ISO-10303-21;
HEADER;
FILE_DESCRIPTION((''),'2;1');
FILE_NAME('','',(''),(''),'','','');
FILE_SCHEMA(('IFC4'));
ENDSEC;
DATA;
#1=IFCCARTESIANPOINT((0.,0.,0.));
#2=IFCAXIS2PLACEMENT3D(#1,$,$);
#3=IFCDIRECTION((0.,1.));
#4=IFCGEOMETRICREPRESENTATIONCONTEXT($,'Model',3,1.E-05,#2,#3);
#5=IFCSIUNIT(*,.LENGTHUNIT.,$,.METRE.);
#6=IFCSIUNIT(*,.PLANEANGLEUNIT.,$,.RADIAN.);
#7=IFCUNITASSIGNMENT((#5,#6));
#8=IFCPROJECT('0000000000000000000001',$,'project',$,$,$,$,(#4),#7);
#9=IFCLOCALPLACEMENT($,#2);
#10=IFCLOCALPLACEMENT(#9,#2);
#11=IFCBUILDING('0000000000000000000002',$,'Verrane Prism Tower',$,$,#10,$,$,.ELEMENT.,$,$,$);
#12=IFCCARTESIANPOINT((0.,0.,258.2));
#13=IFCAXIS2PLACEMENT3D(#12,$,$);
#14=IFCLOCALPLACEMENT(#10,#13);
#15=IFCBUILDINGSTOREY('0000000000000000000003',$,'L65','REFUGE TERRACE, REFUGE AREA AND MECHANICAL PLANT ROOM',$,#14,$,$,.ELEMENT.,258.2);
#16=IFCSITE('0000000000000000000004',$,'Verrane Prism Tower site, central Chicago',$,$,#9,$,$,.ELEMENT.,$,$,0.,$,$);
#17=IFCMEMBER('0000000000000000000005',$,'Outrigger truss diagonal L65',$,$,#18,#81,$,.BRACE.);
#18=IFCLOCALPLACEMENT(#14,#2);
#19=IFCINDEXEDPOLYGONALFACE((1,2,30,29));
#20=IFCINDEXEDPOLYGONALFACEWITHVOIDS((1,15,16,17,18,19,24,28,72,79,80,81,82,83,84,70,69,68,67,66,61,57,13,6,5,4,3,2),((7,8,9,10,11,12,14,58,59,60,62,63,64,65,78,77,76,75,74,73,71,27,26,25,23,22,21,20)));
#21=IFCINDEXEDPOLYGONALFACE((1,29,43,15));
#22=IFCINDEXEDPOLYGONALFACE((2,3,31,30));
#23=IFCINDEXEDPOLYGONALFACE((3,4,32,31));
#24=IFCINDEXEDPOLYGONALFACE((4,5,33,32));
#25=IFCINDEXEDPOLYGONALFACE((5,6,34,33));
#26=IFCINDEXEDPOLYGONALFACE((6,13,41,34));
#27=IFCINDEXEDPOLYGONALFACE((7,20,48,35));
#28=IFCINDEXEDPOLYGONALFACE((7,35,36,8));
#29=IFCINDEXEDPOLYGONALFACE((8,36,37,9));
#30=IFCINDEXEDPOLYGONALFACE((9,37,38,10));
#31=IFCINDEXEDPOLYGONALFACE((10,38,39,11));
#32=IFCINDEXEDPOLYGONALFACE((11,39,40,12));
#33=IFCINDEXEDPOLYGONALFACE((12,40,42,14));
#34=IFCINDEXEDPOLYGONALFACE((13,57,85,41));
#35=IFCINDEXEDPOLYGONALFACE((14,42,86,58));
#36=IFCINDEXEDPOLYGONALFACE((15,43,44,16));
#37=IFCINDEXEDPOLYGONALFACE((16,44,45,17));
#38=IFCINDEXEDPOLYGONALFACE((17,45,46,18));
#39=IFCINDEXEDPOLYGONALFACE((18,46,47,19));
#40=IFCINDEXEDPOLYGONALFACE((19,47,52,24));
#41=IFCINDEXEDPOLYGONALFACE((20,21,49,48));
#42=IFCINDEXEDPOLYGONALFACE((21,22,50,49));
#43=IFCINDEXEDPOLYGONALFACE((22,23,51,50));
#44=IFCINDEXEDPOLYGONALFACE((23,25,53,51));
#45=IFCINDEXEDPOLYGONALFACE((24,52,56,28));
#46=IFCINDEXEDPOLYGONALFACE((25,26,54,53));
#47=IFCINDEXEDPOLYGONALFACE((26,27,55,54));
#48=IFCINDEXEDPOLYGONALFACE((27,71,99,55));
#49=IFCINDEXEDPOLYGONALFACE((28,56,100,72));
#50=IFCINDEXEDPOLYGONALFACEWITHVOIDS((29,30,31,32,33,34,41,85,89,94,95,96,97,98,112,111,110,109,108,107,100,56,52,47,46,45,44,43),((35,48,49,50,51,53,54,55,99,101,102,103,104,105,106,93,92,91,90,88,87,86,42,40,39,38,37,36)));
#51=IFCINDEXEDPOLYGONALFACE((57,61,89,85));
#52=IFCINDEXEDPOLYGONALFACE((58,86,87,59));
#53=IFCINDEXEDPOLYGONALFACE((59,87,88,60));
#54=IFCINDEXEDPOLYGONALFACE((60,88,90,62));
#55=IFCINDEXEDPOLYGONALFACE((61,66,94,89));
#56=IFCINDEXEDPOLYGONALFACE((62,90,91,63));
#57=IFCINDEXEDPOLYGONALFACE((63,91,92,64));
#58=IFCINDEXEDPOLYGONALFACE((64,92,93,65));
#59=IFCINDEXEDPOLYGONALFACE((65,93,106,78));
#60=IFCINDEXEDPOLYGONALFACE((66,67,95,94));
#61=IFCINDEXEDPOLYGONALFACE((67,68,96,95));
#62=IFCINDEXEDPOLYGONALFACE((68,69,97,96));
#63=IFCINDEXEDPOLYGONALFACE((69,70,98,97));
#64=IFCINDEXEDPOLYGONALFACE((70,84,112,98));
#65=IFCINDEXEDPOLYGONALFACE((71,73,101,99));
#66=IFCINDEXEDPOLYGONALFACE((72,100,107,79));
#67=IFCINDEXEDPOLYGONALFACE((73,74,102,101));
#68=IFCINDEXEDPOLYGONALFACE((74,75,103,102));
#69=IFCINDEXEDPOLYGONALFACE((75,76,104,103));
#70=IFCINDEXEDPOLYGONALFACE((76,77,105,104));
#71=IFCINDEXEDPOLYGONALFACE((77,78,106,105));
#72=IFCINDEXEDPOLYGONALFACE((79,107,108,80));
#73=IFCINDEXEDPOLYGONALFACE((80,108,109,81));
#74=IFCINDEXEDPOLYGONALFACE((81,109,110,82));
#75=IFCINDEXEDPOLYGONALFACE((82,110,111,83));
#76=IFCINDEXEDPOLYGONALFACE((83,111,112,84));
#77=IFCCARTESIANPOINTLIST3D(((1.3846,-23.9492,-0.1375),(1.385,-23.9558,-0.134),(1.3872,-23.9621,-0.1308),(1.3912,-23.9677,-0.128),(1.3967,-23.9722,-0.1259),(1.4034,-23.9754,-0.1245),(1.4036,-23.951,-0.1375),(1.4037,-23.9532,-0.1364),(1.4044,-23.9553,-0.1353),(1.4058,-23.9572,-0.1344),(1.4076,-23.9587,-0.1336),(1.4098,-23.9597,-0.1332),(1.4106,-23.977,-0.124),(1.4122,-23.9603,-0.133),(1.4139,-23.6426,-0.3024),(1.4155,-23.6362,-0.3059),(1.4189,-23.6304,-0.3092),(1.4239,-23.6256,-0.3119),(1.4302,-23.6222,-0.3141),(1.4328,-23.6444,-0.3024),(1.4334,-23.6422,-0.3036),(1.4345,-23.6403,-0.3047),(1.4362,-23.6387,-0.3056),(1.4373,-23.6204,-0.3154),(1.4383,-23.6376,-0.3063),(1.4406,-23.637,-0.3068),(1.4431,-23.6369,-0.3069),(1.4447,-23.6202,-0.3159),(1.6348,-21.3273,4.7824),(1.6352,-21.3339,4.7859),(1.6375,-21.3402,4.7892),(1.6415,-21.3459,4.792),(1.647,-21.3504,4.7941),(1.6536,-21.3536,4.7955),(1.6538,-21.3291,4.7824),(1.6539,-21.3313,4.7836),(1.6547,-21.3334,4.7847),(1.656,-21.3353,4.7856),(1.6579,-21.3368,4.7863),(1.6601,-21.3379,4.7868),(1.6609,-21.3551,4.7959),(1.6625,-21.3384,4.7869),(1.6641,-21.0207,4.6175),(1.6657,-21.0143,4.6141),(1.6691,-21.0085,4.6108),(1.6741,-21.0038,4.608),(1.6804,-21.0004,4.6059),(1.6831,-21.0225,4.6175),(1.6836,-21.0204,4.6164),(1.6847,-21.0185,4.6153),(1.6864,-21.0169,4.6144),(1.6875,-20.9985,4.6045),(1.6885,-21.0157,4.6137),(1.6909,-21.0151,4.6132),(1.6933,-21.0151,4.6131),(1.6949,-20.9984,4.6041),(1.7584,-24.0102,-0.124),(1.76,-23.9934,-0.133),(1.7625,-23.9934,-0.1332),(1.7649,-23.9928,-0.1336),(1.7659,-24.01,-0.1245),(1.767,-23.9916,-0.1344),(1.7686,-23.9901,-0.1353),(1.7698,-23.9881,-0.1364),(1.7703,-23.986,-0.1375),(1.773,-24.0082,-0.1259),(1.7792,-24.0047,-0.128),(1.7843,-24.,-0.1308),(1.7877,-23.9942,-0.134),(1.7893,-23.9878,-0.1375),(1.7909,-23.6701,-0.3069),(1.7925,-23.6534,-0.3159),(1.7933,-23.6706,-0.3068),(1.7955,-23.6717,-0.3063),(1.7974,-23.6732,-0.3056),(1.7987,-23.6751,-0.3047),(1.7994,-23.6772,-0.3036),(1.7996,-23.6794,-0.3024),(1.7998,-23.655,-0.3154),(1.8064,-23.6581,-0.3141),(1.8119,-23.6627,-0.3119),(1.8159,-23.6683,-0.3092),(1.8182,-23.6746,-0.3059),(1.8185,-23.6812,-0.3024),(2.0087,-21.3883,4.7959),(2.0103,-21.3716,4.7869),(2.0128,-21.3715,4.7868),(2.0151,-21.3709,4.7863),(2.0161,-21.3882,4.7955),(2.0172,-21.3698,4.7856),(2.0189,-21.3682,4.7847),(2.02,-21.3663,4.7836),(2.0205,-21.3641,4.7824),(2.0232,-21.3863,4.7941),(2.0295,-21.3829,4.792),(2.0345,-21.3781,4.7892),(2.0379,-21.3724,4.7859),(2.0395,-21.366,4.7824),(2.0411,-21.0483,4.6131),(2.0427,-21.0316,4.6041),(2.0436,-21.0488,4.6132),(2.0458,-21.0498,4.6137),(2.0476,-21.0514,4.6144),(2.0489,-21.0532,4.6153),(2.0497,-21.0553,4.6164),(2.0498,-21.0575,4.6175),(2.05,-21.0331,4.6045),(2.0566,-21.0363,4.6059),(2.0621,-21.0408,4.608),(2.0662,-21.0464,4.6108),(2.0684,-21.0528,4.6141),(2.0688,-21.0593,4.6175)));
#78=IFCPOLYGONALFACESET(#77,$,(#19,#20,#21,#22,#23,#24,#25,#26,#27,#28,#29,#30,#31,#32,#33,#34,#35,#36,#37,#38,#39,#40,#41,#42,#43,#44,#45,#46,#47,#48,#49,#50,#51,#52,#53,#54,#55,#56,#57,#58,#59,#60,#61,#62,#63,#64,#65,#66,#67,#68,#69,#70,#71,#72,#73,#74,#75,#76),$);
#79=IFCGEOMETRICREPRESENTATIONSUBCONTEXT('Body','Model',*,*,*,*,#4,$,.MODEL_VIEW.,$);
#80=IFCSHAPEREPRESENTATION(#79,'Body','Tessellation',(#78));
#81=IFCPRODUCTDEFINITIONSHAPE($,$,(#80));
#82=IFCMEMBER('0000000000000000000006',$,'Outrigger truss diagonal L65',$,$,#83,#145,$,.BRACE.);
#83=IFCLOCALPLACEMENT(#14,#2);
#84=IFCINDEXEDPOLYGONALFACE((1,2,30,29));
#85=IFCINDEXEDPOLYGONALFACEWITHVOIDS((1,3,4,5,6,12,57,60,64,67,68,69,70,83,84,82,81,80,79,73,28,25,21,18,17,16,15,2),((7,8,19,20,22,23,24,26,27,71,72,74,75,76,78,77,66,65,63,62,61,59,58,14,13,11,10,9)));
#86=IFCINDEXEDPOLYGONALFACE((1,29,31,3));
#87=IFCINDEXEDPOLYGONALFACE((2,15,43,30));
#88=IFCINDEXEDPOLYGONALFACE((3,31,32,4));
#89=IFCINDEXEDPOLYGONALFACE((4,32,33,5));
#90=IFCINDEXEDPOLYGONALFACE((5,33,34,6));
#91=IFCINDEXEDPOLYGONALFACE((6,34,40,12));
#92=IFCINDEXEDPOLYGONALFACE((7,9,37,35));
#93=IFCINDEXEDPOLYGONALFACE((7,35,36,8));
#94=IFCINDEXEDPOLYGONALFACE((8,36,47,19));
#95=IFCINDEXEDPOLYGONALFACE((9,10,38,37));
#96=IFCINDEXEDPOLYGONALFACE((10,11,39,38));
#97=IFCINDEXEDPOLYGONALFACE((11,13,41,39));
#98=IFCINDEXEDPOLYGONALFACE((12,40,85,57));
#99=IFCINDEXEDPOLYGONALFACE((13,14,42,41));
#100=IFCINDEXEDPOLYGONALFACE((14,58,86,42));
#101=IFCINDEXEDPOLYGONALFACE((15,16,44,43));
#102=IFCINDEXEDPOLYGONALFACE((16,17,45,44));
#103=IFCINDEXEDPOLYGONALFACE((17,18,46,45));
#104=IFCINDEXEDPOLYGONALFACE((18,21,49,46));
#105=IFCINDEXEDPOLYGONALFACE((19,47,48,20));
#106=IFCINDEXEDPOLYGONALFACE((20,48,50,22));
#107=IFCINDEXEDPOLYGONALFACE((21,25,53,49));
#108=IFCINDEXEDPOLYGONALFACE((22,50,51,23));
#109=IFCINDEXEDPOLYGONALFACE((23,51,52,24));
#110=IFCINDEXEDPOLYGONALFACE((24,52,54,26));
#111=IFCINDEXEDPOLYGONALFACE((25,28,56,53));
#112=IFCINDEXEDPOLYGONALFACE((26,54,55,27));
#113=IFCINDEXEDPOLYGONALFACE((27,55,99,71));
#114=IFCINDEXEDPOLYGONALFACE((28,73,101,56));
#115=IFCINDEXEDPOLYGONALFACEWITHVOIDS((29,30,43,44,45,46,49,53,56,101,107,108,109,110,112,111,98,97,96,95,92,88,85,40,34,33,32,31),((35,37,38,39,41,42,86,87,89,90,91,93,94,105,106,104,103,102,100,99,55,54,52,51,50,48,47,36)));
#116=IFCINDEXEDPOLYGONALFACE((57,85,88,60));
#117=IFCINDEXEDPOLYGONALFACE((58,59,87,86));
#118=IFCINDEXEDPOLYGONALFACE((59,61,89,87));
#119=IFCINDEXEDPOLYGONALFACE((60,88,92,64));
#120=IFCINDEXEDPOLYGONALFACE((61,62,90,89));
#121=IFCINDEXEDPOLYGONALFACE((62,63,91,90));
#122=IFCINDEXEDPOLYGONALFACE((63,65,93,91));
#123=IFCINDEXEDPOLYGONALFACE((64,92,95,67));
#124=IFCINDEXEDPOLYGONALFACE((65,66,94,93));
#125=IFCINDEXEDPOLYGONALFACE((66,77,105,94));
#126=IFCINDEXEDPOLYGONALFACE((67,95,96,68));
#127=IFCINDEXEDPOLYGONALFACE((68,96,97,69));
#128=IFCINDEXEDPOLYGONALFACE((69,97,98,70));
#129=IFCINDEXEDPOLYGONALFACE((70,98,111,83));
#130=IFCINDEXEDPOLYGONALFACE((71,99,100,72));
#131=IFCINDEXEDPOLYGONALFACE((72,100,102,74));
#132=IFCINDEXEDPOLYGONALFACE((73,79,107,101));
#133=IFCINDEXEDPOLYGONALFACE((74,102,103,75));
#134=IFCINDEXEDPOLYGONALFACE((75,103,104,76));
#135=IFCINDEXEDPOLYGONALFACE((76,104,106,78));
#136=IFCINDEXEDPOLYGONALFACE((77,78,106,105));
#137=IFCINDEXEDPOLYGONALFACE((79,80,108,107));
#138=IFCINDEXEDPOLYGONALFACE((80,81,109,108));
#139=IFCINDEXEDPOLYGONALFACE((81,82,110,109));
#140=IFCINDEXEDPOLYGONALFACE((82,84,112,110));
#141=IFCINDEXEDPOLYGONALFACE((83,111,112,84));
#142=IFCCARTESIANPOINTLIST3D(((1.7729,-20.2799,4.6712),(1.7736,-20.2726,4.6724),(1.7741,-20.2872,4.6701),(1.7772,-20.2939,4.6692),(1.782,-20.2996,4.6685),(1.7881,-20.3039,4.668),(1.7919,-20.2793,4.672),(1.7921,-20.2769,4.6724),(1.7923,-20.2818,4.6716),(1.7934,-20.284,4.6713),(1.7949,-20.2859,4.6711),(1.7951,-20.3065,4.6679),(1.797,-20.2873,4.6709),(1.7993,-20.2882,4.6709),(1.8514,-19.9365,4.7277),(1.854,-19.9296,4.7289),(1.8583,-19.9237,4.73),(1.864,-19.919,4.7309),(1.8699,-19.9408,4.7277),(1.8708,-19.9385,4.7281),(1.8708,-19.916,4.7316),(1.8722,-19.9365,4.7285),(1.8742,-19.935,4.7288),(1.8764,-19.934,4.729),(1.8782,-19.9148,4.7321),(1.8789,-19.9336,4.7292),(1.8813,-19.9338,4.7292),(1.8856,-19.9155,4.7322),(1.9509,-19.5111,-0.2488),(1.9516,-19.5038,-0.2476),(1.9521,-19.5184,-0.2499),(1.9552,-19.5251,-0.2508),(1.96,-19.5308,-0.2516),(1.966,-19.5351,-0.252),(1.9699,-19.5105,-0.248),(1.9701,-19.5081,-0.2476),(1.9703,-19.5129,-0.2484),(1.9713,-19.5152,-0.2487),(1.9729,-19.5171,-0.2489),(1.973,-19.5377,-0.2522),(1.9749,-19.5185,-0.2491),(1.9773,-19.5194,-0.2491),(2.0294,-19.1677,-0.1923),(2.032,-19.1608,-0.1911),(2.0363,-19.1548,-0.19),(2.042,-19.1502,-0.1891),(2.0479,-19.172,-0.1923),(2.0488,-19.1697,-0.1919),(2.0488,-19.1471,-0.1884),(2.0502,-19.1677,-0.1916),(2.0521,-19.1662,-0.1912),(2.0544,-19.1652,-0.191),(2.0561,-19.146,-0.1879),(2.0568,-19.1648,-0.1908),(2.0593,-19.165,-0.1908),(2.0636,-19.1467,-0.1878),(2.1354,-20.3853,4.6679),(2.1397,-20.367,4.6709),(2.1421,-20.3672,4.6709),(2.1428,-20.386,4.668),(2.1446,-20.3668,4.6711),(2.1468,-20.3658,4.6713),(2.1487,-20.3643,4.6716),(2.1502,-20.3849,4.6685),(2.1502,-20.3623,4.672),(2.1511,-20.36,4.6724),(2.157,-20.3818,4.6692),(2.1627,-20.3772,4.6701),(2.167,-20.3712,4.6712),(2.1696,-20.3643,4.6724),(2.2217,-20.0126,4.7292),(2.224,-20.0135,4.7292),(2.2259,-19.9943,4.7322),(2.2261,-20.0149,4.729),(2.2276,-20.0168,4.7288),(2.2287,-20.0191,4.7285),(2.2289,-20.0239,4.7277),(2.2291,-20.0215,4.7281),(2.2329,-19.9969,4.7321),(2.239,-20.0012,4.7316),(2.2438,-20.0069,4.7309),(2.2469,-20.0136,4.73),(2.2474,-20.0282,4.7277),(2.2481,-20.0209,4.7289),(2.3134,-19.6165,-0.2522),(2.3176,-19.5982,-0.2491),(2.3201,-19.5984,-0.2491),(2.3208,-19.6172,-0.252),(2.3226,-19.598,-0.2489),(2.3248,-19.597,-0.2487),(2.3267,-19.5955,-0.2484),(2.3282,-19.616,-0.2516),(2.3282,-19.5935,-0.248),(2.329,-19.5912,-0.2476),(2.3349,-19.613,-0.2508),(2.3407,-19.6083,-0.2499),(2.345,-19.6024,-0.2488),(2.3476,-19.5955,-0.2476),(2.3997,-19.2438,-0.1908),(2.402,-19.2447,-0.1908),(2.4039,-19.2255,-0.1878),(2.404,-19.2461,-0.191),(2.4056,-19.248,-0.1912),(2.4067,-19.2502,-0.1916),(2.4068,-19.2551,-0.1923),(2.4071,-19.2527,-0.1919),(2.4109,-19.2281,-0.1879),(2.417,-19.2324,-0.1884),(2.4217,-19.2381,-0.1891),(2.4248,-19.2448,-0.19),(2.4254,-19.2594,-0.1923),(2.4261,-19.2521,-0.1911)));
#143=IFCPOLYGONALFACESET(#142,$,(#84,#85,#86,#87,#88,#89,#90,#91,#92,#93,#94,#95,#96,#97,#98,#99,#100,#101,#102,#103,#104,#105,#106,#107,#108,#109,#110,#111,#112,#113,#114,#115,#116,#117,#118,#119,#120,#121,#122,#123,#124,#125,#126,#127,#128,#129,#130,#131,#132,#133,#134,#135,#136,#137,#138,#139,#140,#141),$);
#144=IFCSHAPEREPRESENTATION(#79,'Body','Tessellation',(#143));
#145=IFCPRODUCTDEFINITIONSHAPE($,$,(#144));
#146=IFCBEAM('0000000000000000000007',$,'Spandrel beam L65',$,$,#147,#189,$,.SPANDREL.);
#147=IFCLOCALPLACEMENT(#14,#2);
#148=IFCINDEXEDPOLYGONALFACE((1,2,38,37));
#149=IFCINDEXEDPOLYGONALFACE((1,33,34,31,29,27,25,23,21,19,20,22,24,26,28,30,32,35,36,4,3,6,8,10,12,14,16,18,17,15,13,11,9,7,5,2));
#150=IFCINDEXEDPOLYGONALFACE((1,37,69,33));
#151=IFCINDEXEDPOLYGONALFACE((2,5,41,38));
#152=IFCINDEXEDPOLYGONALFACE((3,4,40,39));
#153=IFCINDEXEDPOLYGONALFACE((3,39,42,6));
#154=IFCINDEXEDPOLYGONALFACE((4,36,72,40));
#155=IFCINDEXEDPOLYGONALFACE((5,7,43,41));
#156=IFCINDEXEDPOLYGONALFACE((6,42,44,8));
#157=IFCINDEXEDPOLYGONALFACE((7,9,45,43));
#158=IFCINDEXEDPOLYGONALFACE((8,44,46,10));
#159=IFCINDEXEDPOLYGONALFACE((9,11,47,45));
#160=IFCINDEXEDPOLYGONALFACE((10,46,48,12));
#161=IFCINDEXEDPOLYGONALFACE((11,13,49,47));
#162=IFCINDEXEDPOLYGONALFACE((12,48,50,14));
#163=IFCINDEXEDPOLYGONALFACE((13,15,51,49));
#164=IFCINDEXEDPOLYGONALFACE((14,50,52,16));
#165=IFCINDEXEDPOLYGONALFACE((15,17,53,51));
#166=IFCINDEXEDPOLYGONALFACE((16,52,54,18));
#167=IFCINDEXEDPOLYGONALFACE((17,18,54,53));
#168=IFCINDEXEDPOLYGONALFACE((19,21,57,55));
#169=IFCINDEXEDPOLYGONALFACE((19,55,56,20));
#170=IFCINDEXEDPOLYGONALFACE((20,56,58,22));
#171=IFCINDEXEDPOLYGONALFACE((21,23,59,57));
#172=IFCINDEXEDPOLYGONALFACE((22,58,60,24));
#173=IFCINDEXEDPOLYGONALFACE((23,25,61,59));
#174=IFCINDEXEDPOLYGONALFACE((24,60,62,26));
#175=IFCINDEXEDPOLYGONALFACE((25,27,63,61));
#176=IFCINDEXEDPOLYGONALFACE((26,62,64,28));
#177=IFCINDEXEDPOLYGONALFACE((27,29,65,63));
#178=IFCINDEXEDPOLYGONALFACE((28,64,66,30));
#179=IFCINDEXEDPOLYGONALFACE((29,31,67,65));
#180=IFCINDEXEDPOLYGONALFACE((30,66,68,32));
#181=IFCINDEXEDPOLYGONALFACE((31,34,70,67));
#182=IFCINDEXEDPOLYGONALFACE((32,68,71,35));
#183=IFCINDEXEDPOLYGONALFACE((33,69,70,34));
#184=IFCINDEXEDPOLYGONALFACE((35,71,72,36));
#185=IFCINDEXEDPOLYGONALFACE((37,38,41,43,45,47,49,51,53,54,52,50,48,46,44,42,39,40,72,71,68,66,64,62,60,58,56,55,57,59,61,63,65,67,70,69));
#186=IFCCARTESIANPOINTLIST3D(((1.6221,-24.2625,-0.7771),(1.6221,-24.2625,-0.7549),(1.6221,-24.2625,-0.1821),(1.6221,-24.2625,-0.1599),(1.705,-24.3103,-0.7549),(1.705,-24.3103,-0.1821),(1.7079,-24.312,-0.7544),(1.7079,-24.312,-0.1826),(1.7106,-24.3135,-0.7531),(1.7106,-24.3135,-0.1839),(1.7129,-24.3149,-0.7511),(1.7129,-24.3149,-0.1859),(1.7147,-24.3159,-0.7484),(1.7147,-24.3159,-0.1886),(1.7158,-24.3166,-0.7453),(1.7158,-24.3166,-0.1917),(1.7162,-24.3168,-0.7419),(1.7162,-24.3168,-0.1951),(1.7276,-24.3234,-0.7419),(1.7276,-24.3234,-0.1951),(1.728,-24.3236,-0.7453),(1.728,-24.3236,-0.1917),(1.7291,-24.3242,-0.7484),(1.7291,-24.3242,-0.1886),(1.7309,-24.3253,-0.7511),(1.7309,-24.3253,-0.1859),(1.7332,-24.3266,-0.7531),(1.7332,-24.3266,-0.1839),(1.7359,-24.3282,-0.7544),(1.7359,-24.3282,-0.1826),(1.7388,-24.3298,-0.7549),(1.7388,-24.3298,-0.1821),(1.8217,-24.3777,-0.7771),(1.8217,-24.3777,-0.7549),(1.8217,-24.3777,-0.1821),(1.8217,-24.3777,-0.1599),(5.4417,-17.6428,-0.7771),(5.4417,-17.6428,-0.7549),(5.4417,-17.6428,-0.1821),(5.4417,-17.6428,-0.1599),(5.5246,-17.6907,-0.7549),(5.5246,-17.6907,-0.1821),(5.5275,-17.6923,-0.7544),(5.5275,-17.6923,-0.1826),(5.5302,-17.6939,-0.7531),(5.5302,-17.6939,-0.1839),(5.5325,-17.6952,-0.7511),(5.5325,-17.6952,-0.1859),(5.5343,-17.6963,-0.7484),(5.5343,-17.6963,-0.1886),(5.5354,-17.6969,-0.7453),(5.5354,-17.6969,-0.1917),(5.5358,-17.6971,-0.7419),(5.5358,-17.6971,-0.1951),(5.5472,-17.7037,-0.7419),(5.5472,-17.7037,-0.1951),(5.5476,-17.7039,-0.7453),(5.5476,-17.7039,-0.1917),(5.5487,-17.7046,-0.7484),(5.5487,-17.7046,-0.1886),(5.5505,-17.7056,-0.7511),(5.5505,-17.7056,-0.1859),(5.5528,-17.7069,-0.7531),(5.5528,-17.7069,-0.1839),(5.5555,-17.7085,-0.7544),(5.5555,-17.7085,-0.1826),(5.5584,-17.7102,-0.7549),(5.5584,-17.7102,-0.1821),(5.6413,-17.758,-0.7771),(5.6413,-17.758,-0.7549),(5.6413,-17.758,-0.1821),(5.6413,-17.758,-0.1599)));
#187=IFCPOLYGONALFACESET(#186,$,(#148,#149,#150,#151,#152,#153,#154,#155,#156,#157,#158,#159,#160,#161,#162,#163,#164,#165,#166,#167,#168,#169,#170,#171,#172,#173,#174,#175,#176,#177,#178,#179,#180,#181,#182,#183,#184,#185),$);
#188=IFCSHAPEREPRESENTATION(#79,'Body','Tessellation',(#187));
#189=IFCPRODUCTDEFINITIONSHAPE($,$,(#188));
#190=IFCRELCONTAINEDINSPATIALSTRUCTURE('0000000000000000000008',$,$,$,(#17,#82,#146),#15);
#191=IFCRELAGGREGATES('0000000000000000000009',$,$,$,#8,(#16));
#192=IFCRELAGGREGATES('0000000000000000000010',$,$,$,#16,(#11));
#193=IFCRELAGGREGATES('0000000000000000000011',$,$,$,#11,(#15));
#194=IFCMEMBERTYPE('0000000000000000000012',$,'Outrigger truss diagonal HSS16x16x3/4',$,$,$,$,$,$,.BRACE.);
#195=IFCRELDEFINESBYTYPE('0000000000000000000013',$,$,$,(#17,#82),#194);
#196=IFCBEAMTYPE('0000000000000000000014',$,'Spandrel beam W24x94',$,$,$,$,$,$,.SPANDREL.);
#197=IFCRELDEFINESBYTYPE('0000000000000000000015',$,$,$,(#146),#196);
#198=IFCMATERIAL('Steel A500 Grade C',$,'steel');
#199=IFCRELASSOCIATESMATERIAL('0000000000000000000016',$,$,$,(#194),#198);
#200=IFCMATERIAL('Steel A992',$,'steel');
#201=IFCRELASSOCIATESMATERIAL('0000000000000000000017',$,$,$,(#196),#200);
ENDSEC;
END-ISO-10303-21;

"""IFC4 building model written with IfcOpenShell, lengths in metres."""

from ifc_helpers import new_model, si_unit, direction, frame, origin, origin_2d, place, context, subcontext, project, spatial, hollow_rectangle, i_section, extrude, material, material_profile, profile_set, type_object, element, save


model = new_model("IFC4")

# Units and contexts
model_context = context("Model", 3, precision=1e-05, world=origin(), true_north=direction((0.0, 1.0)))
body_context = subcontext(model_context, "Body", "Model", "MODEL_VIEW")
ifc_project = project(units=[si_unit("LENGTHUNIT", "METRE"), si_unit("PLANEANGLEUNIT", "RADIAN")], contexts=[model_context])

# Site, building, storey
site_placement = place(None, origin())
site = spatial("IfcSite", under=ifc_project, at=site_placement, Name="Verrane Prism Tower site, central Chicago", CompositionType="ELEMENT", RefElevation=0.0)
building_placement = place(site_placement, origin())
building = spatial("IfcBuilding", under=site, at=building_placement, Name="Verrane Prism Tower", CompositionType="ELEMENT")
storey_placement = place(building_placement, frame((0.0, 0.0, 258.2)))
storey = spatial("IfcBuildingStorey", under=building, at=storey_placement, Name="L65", Description="REFUGE TERRACE, REFUGE AREA AND MECHANICAL PLANT ROOM", CompositionType="ELEMENT", Elevation=258.2)

# Members
ifc_material_1 = material(Name="Steel A500 Grade C", Category="steel")
ifc_material_profile_1 = material_profile(ifc_material_1, hollow_rectangle(XDim=0.4065, YDim=0.4065, WallThickness=0.019, InnerFilletRadius=0.0095, OuterFilletRadius=0.0286, at=origin_2d()), Name="HSS16x16x3/4")
ifc_profile_set_1 = profile_set([ifc_material_profile_1], Name="Steel A500 Grade C")
member_type_1 = type_object("IfcMemberType", Name="Outrigger truss diagonal HSS16x16x3/4", PredefinedType="BRACE", material=ifc_profile_set_1)
member_1_placement = place(storey_placement, frame((1.6016, -23.8152, -0.22), z_axis=(0.044842, 0.469817, 0.881624), x_axis=(-0.995476, 0.095015, 0.0)))
element("IfcMember", 1, at=member_1_placement, inside=storey, type_object=member_type_1, Name="Outrigger truss diagonal L65", PredefinedType="BRACE", context=body_context, shape_type="SweptSolid", body=[
    extrude(hollow_rectangle(XDim=0.4065, YDim=0.4065, WallThickness=0.019, InnerFilletRadius=0.0095, OuterFilletRadius=0.0286, at=origin_2d()), origin(), (0.0, 0.0, 1.0), 5.5806),
])
member_2_placement = place(storey_placement, frame((2.1885, -19.3816, -0.22), z_axis=(-0.035719, -0.15429, 0.98738), x_axis=(0.974235, -0.225537, 0.0)))
element("IfcMember", 2, at=member_2_placement, inside=storey, type_object=member_type_1, Name="Outrigger truss diagonal L65", PredefinedType="BRACE", context=body_context, shape_type="SweptSolid", body=[
    extrude(hollow_rectangle(XDim=0.4065, YDim=0.4065, WallThickness=0.019, InnerFilletRadius=0.0095, OuterFilletRadius=0.0286, at=origin_2d()), origin(), (0.0, 0.0, 1.0), 4.9829),
])

# Beam
ifc_material_2 = material(Name="Steel A992", Category="steel")
ifc_material_profile_2 = material_profile(ifc_material_2, i_section(OverallWidth=0.2305, OverallDepth=0.6172, WebThickness=0.0132, FlangeThickness=0.0222, FilletRadius=0.0129, at=origin_2d()), Name="W24x94")
ifc_profile_set_2 = profile_set([ifc_material_profile_2], Name="Steel A992")
beam_type_1 = type_object("IfcBeamType", Name="Spandrel beam W24x94", PredefinedType="SPANDREL", material=ifc_profile_set_2)
beam_1_placement = place(storey_placement, frame((1.7219, -24.3201, -0.4685), z_axis=(0.499778, 0.866154, 0.0), x_axis=(-0.866154, 0.499778, 0.0)))
element("IfcBeam", 3, at=beam_1_placement, inside=storey, type_object=beam_type_1, Name="Spandrel beam L65", PredefinedType="SPANDREL", context=body_context, shape_type="SweptSolid", body=[
    extrude(i_section(OverallWidth=0.2305, OverallDepth=0.6172, WebThickness=0.0132, FlangeThickness=0.0222, FilletRadius=0.0129, at=origin_2d()), origin(), (0.0, 0.0, 1.0), 7.6426),
])

save(model, "model.ifc")
